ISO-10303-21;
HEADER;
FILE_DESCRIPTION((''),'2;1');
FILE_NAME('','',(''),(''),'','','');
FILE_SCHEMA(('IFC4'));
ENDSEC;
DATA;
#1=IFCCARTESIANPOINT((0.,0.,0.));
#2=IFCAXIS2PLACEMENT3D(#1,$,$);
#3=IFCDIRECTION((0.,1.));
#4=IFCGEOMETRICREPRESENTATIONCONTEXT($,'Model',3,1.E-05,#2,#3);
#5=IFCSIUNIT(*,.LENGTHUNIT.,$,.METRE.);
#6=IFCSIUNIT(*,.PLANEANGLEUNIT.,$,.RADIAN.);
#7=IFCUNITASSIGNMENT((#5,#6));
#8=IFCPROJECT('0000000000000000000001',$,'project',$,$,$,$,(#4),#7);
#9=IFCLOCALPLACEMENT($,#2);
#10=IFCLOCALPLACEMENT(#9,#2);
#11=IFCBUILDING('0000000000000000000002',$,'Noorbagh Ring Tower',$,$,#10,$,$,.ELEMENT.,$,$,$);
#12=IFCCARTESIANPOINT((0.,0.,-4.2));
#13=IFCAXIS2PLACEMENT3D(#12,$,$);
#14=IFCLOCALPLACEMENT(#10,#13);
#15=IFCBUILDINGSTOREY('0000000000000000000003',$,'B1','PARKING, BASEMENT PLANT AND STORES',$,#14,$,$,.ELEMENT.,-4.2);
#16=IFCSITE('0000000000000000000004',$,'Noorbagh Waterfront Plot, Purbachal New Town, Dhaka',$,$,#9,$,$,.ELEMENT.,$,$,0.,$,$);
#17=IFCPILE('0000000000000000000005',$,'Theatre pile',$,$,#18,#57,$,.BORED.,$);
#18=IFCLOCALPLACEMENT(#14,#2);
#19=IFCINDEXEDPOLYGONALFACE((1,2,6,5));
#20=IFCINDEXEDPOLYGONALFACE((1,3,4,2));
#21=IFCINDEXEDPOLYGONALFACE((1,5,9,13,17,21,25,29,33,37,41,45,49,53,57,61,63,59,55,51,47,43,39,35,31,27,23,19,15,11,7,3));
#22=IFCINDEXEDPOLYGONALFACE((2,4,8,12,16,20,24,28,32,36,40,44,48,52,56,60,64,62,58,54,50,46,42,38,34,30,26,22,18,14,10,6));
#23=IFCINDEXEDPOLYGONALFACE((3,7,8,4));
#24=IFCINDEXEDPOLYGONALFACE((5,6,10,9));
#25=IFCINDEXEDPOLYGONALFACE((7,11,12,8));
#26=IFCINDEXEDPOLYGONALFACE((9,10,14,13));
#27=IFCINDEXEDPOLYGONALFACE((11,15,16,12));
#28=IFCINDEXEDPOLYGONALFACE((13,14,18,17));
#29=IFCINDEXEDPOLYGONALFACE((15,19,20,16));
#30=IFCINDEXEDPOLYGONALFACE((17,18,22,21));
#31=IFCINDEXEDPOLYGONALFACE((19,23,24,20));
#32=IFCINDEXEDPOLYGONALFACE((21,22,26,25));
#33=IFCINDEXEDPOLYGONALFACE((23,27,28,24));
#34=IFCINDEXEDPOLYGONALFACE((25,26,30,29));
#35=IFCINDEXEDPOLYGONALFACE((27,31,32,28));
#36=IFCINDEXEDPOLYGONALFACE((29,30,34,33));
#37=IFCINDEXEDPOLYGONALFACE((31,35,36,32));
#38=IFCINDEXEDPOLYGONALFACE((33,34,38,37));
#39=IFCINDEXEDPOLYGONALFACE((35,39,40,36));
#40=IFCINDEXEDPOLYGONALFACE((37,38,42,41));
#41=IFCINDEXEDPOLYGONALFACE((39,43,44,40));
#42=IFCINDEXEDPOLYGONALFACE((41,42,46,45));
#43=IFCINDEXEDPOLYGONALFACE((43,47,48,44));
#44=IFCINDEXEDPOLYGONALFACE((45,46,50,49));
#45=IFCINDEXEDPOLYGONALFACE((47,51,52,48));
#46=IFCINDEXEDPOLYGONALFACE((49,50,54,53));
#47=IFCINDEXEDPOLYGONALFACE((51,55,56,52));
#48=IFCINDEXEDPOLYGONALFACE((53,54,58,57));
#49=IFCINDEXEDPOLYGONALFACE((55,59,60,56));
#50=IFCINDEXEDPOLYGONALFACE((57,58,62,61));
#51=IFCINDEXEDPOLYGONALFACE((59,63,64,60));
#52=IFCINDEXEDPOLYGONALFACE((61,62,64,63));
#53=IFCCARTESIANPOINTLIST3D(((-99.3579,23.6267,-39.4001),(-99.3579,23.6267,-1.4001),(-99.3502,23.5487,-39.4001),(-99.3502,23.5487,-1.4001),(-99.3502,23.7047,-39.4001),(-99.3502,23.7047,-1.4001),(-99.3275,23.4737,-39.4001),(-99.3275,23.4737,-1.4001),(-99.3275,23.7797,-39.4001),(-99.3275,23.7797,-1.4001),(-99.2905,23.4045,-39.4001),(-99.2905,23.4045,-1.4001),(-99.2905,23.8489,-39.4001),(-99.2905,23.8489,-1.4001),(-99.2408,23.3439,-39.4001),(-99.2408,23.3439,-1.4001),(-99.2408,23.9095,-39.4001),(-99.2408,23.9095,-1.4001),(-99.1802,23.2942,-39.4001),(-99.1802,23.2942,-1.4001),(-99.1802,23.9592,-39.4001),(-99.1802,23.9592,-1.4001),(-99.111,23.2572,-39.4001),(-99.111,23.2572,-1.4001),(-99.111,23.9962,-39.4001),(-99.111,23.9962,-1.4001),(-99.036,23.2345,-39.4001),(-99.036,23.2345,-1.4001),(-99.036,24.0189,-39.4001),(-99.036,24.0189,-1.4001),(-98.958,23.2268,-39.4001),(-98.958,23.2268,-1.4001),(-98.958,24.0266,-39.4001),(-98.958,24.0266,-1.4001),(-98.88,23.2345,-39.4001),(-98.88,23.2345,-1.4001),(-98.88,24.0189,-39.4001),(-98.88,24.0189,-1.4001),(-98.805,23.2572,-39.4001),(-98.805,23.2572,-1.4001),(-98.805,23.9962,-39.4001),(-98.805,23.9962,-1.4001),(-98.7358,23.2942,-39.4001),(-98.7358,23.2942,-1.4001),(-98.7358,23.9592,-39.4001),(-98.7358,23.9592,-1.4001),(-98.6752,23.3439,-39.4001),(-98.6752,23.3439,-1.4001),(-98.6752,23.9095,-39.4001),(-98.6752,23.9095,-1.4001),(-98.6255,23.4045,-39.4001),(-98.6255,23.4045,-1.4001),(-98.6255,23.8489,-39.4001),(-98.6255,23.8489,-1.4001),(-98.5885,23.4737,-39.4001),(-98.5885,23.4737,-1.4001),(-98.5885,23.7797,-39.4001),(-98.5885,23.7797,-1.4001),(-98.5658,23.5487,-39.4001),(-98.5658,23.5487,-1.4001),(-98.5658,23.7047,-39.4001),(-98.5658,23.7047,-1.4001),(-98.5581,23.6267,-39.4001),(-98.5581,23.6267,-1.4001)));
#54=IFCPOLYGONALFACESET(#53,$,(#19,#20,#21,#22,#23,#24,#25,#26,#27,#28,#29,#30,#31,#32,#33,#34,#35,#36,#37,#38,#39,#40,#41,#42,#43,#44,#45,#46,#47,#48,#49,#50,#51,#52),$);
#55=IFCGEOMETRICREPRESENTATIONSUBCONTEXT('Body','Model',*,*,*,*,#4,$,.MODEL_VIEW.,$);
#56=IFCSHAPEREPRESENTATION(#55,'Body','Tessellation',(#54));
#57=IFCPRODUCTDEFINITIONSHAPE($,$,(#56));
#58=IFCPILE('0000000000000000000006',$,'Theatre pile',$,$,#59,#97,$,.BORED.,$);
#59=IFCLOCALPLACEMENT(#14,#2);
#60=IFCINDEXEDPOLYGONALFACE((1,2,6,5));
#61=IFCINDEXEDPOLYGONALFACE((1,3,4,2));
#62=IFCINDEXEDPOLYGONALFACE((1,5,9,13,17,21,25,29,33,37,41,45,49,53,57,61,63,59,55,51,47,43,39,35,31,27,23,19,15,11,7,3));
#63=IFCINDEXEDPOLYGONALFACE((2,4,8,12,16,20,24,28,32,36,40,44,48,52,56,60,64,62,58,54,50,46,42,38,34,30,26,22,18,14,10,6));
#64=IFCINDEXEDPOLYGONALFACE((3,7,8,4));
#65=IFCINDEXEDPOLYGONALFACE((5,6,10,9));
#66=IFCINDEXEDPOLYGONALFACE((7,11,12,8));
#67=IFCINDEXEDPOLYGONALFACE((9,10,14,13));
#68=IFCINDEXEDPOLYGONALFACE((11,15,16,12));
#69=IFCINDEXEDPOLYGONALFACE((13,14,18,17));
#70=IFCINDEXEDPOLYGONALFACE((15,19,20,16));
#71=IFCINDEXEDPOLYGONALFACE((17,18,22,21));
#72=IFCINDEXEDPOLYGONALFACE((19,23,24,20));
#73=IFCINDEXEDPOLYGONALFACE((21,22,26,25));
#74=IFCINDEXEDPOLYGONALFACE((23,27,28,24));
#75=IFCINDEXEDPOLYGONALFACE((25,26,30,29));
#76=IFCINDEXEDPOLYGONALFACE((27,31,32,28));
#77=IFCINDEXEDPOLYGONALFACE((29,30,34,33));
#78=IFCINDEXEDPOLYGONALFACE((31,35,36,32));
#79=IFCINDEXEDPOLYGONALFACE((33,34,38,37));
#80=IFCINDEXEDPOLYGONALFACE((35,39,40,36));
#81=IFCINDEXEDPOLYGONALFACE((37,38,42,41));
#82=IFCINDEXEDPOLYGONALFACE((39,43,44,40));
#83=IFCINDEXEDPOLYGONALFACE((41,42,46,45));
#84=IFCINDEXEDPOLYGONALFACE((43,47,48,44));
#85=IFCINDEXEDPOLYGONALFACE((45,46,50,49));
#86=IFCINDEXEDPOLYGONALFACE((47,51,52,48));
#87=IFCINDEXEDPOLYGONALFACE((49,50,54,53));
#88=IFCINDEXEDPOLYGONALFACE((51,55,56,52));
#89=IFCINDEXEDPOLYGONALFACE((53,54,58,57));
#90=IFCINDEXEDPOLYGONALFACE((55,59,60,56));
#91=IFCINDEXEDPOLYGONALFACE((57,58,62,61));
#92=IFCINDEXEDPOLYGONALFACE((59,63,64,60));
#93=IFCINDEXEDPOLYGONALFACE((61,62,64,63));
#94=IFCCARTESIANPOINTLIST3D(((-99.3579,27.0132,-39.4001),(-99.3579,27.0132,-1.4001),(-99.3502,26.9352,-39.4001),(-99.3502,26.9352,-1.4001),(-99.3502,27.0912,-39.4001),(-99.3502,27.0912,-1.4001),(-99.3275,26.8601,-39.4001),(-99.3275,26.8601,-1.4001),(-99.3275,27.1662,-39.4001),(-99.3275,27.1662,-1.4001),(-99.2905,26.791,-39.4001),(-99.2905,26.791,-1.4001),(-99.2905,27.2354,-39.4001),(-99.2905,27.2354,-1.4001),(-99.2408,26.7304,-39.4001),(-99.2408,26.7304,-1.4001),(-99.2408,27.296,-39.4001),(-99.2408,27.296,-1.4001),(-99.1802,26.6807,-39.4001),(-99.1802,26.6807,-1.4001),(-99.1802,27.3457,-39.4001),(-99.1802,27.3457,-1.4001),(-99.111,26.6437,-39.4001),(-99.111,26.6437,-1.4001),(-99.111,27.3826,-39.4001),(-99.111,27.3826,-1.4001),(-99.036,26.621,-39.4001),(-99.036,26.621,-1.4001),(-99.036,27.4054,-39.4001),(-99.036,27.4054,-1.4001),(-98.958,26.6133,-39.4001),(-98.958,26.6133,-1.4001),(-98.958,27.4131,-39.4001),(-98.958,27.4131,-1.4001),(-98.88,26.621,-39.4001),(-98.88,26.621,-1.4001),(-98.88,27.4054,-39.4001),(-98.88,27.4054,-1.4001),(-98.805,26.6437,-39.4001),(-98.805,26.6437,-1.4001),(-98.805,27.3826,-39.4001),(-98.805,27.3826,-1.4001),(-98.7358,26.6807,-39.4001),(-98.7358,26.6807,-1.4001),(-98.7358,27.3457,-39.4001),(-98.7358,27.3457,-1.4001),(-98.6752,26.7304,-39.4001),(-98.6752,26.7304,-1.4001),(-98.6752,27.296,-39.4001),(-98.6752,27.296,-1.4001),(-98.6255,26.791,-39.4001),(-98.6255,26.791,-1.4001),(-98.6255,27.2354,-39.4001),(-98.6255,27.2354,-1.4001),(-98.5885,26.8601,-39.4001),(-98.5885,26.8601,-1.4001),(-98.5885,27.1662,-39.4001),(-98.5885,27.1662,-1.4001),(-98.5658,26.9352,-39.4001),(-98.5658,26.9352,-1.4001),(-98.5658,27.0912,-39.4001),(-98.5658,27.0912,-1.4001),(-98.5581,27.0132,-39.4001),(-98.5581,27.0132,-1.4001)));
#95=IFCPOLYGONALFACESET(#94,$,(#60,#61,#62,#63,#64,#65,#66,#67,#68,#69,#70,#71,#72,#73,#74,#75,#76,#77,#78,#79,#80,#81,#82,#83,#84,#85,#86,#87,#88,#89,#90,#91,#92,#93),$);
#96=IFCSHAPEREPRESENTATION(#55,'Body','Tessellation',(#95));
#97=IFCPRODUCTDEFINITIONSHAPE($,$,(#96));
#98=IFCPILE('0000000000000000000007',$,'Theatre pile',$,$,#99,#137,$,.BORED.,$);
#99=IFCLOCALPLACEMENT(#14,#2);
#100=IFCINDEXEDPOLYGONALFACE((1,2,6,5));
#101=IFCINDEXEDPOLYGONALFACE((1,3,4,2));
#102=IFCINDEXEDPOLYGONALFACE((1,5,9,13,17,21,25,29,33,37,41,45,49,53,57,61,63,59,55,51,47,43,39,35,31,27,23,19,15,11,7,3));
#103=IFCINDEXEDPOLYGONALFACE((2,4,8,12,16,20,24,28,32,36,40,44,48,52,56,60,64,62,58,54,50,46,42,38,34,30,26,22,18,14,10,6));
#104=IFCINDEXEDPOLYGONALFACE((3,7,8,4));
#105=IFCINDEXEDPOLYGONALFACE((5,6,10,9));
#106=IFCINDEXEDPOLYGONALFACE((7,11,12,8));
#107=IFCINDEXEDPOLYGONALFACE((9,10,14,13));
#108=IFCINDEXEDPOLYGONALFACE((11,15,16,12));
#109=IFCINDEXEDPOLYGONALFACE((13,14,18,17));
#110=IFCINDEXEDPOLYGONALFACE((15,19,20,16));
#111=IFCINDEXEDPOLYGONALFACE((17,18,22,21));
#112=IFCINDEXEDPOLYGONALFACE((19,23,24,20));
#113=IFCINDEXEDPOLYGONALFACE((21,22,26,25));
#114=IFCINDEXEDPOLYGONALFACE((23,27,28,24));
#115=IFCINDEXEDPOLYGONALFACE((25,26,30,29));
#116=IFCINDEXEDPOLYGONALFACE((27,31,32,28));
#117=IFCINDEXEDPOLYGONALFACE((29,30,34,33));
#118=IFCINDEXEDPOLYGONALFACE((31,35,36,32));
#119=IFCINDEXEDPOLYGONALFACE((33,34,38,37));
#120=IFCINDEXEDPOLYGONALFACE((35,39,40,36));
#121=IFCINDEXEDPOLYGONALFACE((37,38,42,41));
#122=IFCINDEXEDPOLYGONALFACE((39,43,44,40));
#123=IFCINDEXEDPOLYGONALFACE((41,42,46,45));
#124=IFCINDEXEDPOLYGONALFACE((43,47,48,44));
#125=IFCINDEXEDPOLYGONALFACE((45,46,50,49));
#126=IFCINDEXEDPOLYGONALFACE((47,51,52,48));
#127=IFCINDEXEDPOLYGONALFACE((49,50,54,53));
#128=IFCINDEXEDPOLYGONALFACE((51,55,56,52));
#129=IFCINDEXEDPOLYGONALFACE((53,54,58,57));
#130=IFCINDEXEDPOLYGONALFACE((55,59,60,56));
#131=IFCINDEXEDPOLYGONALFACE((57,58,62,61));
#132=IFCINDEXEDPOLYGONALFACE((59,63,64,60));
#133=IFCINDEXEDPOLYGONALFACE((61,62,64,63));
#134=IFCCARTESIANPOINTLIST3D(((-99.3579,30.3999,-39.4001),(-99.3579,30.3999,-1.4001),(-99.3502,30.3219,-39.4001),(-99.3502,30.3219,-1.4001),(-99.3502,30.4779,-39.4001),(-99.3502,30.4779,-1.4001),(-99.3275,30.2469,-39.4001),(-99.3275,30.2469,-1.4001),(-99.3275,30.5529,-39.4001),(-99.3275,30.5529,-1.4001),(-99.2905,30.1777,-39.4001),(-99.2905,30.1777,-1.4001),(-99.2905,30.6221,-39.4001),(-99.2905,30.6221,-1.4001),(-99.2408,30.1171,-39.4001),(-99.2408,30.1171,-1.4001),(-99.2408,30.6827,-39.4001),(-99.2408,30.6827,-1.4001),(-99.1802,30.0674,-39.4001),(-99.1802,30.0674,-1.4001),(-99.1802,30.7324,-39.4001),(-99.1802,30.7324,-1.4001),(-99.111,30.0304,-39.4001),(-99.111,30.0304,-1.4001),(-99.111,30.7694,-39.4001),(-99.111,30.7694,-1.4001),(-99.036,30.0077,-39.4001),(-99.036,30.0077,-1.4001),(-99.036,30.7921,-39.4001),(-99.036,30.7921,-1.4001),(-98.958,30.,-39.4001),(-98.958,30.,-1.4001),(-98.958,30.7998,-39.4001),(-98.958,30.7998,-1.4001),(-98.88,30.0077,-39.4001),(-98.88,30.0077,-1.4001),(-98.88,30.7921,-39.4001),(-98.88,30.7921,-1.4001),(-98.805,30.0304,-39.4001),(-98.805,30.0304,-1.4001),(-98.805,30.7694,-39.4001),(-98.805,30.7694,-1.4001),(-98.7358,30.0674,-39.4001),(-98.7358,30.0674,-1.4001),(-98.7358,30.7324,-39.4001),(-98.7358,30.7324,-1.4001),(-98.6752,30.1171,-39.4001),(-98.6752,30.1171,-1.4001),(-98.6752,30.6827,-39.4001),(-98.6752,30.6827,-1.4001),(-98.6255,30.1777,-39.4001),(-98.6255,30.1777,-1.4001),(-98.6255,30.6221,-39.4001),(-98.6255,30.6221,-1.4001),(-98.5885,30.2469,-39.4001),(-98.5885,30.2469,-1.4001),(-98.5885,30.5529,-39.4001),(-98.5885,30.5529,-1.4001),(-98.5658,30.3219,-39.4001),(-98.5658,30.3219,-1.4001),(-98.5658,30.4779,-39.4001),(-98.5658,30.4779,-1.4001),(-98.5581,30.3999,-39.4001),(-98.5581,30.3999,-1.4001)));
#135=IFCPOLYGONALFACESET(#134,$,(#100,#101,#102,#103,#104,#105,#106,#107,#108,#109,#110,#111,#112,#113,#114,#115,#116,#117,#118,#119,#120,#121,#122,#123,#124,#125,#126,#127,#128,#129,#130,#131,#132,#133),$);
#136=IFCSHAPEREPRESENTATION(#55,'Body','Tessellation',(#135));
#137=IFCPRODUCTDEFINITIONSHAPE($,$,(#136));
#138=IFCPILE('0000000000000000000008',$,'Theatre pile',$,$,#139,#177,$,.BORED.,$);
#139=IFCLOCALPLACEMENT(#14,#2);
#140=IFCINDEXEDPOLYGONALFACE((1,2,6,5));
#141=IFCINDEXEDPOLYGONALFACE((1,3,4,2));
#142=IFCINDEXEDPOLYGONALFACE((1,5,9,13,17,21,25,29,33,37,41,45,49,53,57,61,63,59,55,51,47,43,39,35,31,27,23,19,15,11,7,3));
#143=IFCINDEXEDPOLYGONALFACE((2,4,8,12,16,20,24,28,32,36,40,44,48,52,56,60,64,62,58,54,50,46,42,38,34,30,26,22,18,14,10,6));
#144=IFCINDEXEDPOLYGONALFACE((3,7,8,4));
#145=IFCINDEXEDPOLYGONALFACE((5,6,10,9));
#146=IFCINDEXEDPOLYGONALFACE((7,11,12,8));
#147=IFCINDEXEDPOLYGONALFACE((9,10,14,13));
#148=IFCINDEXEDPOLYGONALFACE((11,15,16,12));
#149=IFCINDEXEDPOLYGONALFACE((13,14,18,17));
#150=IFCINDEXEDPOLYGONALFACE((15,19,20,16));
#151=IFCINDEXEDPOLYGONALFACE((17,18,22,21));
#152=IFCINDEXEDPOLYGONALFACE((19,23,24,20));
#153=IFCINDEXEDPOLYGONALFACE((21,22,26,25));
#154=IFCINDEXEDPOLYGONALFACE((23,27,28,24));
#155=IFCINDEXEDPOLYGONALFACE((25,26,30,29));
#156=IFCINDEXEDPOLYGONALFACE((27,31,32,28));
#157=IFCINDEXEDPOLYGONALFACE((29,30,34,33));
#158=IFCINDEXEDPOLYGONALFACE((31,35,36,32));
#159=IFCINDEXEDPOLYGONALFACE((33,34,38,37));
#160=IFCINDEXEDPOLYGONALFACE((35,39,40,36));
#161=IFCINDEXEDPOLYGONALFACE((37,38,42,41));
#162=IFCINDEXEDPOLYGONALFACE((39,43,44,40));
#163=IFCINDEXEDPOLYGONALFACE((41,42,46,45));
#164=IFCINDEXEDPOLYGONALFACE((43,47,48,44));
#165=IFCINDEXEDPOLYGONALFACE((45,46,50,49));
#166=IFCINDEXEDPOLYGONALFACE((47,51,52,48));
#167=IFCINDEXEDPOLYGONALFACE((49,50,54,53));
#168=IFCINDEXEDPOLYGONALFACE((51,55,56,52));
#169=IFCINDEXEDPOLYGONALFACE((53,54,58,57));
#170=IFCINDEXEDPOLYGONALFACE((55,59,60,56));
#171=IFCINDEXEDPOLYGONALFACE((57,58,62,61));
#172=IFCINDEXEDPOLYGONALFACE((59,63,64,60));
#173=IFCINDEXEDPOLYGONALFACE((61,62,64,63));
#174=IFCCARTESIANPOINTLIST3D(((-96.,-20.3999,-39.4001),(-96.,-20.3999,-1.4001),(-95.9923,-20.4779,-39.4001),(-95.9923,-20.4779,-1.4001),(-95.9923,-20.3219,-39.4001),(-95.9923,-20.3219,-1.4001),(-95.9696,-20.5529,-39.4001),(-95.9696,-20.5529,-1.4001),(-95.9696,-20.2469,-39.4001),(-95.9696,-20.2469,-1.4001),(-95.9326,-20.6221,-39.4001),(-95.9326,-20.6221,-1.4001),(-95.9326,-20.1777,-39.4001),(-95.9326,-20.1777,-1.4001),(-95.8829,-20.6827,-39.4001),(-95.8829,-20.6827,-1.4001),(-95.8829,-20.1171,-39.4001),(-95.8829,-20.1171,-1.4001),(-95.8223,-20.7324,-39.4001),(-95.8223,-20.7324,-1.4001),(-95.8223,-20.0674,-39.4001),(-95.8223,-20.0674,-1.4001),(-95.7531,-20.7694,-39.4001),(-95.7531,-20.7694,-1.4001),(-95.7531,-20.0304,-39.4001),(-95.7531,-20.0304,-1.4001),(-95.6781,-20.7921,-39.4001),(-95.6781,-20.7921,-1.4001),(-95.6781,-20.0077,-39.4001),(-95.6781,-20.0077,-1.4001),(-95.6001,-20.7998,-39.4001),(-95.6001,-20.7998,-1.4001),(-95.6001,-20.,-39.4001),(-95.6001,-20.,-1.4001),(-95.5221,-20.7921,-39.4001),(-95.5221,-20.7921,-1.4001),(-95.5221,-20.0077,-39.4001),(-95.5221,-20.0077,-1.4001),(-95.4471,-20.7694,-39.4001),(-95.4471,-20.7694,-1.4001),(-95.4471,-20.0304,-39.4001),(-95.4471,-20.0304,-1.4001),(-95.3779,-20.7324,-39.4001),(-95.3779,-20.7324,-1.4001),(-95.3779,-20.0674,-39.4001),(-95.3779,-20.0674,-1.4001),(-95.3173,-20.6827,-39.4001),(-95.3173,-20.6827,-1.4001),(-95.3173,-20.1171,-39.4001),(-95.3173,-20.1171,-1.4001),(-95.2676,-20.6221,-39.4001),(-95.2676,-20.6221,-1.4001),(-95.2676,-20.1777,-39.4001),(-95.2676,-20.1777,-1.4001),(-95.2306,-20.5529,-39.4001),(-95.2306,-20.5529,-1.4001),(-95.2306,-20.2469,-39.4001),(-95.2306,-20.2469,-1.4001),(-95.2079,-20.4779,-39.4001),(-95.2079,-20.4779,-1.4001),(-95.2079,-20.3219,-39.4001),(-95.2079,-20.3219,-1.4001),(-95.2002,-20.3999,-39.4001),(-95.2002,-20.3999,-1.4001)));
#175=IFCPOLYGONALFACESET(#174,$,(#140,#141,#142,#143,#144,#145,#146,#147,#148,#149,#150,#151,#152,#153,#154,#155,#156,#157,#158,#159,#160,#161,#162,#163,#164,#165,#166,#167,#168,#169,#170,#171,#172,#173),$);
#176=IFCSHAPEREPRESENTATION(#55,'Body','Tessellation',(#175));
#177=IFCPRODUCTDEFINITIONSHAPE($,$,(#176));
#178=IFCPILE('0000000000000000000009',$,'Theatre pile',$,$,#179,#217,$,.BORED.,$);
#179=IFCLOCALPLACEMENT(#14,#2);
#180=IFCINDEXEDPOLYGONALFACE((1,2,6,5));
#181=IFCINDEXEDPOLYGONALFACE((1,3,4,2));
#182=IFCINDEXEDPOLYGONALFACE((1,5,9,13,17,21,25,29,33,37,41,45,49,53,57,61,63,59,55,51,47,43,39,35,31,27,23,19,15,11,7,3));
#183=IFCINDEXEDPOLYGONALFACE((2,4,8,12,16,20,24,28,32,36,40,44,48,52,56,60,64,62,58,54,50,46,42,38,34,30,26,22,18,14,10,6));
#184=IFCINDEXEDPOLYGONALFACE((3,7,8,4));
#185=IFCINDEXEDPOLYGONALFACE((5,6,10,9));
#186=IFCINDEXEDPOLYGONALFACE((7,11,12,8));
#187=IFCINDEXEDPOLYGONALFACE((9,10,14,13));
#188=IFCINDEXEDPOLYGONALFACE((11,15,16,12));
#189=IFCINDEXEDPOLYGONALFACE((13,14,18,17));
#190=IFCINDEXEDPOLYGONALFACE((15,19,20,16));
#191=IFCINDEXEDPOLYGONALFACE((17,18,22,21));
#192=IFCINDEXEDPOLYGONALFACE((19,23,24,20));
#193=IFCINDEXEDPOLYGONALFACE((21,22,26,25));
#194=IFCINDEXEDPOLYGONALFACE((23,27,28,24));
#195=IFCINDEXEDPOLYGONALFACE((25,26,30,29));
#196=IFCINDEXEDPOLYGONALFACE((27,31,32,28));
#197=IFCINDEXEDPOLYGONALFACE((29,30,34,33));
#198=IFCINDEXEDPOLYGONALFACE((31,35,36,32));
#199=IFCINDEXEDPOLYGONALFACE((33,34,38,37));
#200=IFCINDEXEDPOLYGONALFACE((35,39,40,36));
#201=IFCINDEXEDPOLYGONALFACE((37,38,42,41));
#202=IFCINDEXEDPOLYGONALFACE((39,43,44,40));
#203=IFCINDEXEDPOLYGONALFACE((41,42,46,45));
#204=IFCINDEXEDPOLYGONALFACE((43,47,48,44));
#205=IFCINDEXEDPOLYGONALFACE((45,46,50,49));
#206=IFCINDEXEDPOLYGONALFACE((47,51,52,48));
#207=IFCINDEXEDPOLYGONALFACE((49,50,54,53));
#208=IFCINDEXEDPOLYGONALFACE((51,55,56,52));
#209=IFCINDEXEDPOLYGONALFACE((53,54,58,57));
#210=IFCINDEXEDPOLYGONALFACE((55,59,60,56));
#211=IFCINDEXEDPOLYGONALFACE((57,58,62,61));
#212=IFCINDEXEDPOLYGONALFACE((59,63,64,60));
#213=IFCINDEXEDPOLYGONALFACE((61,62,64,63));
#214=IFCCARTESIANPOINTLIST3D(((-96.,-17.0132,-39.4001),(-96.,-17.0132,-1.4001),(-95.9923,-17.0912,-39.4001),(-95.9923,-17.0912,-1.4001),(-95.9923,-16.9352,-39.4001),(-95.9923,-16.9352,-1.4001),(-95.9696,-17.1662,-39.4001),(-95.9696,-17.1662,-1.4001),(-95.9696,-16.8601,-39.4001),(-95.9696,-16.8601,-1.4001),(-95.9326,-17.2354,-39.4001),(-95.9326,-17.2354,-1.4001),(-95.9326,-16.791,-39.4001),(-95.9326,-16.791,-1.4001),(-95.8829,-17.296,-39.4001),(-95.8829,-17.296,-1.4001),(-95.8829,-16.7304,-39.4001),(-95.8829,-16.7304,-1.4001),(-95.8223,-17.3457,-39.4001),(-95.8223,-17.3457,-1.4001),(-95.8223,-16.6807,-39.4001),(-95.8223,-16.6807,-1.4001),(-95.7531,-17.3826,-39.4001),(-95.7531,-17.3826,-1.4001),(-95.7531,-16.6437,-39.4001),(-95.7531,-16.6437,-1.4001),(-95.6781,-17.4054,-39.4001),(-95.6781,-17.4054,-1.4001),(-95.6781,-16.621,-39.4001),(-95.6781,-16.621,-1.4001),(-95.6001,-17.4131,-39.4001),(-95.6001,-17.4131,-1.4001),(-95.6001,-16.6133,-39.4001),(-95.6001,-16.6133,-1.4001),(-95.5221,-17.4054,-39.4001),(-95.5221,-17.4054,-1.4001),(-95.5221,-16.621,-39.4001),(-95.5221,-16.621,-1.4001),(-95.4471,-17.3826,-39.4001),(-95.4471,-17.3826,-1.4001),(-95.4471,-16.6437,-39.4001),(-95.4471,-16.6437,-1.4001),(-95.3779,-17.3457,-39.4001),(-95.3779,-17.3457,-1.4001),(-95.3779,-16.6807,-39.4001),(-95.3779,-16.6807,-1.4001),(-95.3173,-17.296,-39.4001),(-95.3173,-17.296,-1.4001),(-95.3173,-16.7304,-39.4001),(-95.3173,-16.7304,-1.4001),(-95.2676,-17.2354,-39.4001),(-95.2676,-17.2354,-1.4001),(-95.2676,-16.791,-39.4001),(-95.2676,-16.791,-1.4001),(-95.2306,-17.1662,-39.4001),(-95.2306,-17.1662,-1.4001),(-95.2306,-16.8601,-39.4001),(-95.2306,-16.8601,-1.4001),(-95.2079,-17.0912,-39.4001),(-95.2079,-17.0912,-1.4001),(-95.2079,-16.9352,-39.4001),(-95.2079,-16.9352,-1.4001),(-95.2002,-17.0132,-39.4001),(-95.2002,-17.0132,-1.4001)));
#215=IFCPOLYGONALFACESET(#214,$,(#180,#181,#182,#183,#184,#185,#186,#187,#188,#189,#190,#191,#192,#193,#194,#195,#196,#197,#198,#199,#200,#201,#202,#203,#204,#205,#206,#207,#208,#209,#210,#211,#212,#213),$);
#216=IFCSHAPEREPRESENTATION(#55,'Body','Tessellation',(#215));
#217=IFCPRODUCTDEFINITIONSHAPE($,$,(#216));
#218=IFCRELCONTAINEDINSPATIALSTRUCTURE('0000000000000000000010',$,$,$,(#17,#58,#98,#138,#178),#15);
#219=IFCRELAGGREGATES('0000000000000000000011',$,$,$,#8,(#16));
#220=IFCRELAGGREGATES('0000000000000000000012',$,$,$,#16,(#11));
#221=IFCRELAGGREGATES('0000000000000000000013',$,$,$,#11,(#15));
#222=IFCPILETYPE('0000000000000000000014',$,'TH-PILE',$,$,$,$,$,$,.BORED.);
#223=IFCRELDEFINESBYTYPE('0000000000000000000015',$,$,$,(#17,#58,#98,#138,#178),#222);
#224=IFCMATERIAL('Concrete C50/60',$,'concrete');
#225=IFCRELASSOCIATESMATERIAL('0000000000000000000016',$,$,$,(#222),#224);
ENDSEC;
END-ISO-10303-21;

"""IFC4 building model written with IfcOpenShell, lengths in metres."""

from ifc_helpers import new_model, si_unit, direction, frame, origin, origin_2d, place, context, subcontext, project, spatial, circle, extrude, material, material_profile, profile_set, type_object, element, save


model = new_model("IFC4")

# Units and contexts
model_context = context("Model", 3, precision=1e-05, world=origin(), true_north=direction((0.0, 1.0)))
body_context = subcontext(model_context, "Body", "Model", "MODEL_VIEW")
ifc_project = project(units=[si_unit("LENGTHUNIT", "METRE"), si_unit("PLANEANGLEUNIT", "RADIAN")], contexts=[model_context])

# Site, building, storey
site_placement = place(None, origin())
site = spatial("IfcSite", under=ifc_project, at=site_placement, Name="Noorbagh Waterfront Plot, Purbachal New Town, Dhaka", CompositionType="ELEMENT", RefElevation=0.0)
building_placement = place(site_placement, origin())
building = spatial("IfcBuilding", under=site, at=building_placement, Name="Noorbagh Ring Tower", CompositionType="ELEMENT")
storey_placement = place(building_placement, frame((0.0, 0.0, -4.2)))
storey = spatial("IfcBuildingStorey", under=building, at=storey_placement, Name="B1", Description="PARKING, BASEMENT PLANT AND STORES", CompositionType="ELEMENT", Elevation=-4.2)

# Piles
ifc_material_1 = material(Name="Concrete C50/60", Category="concrete")
ifc_material_profile_1 = material_profile(ifc_material_1, circle(Radius=0.3999, at=origin_2d()), Name="PILE800")
ifc_profile_set_1 = profile_set([ifc_material_profile_1], Name="Concrete C50/60")
pile_type = type_object("IfcPileType", Name="TH-PILE", PredefinedType="BORED", material=ifc_profile_set_1)
for number, where, z_axis, x_axis, name in (
    (1, (-98.958, 23.6267, -1.4001), (0.0, 0.0, -1.0), (1.0, 0.0, 0.0), "Theatre pile"),
    (2, (-98.958, 27.0132, -1.4001), (0.0, 0.0, -1.0), (1.0, 0.0, 0.0), "Theatre pile"),
    (3, (-98.958, 30.3999, -1.4001), (0.0, 0.0, -1.0), (1.0, 0.0, 0.0), "Theatre pile"),
    (4, (-95.6001, -20.3999, -1.4001), (0.0, 0.0, -1.0), (1.0, 0.0, 0.0), "Theatre pile"),
    (5, (-95.6001, -17.0132, -1.4001), (0.0, 0.0, -1.0), (1.0, 0.0, 0.0), "Theatre pile"),
):
    element("IfcPile", number, at=place(storey_placement, frame(where, z_axis=z_axis, x_axis=x_axis)), inside=storey, type_object=pile_type, Name=name, PredefinedType="BORED", context=body_context, shape_type="SweptSolid", body=[
        extrude(circle(Radius=0.3999, at=origin_2d()), origin(), (0.0, 0.0, 1.0), 38.0),
    ])

save(model, "model.ifc")
